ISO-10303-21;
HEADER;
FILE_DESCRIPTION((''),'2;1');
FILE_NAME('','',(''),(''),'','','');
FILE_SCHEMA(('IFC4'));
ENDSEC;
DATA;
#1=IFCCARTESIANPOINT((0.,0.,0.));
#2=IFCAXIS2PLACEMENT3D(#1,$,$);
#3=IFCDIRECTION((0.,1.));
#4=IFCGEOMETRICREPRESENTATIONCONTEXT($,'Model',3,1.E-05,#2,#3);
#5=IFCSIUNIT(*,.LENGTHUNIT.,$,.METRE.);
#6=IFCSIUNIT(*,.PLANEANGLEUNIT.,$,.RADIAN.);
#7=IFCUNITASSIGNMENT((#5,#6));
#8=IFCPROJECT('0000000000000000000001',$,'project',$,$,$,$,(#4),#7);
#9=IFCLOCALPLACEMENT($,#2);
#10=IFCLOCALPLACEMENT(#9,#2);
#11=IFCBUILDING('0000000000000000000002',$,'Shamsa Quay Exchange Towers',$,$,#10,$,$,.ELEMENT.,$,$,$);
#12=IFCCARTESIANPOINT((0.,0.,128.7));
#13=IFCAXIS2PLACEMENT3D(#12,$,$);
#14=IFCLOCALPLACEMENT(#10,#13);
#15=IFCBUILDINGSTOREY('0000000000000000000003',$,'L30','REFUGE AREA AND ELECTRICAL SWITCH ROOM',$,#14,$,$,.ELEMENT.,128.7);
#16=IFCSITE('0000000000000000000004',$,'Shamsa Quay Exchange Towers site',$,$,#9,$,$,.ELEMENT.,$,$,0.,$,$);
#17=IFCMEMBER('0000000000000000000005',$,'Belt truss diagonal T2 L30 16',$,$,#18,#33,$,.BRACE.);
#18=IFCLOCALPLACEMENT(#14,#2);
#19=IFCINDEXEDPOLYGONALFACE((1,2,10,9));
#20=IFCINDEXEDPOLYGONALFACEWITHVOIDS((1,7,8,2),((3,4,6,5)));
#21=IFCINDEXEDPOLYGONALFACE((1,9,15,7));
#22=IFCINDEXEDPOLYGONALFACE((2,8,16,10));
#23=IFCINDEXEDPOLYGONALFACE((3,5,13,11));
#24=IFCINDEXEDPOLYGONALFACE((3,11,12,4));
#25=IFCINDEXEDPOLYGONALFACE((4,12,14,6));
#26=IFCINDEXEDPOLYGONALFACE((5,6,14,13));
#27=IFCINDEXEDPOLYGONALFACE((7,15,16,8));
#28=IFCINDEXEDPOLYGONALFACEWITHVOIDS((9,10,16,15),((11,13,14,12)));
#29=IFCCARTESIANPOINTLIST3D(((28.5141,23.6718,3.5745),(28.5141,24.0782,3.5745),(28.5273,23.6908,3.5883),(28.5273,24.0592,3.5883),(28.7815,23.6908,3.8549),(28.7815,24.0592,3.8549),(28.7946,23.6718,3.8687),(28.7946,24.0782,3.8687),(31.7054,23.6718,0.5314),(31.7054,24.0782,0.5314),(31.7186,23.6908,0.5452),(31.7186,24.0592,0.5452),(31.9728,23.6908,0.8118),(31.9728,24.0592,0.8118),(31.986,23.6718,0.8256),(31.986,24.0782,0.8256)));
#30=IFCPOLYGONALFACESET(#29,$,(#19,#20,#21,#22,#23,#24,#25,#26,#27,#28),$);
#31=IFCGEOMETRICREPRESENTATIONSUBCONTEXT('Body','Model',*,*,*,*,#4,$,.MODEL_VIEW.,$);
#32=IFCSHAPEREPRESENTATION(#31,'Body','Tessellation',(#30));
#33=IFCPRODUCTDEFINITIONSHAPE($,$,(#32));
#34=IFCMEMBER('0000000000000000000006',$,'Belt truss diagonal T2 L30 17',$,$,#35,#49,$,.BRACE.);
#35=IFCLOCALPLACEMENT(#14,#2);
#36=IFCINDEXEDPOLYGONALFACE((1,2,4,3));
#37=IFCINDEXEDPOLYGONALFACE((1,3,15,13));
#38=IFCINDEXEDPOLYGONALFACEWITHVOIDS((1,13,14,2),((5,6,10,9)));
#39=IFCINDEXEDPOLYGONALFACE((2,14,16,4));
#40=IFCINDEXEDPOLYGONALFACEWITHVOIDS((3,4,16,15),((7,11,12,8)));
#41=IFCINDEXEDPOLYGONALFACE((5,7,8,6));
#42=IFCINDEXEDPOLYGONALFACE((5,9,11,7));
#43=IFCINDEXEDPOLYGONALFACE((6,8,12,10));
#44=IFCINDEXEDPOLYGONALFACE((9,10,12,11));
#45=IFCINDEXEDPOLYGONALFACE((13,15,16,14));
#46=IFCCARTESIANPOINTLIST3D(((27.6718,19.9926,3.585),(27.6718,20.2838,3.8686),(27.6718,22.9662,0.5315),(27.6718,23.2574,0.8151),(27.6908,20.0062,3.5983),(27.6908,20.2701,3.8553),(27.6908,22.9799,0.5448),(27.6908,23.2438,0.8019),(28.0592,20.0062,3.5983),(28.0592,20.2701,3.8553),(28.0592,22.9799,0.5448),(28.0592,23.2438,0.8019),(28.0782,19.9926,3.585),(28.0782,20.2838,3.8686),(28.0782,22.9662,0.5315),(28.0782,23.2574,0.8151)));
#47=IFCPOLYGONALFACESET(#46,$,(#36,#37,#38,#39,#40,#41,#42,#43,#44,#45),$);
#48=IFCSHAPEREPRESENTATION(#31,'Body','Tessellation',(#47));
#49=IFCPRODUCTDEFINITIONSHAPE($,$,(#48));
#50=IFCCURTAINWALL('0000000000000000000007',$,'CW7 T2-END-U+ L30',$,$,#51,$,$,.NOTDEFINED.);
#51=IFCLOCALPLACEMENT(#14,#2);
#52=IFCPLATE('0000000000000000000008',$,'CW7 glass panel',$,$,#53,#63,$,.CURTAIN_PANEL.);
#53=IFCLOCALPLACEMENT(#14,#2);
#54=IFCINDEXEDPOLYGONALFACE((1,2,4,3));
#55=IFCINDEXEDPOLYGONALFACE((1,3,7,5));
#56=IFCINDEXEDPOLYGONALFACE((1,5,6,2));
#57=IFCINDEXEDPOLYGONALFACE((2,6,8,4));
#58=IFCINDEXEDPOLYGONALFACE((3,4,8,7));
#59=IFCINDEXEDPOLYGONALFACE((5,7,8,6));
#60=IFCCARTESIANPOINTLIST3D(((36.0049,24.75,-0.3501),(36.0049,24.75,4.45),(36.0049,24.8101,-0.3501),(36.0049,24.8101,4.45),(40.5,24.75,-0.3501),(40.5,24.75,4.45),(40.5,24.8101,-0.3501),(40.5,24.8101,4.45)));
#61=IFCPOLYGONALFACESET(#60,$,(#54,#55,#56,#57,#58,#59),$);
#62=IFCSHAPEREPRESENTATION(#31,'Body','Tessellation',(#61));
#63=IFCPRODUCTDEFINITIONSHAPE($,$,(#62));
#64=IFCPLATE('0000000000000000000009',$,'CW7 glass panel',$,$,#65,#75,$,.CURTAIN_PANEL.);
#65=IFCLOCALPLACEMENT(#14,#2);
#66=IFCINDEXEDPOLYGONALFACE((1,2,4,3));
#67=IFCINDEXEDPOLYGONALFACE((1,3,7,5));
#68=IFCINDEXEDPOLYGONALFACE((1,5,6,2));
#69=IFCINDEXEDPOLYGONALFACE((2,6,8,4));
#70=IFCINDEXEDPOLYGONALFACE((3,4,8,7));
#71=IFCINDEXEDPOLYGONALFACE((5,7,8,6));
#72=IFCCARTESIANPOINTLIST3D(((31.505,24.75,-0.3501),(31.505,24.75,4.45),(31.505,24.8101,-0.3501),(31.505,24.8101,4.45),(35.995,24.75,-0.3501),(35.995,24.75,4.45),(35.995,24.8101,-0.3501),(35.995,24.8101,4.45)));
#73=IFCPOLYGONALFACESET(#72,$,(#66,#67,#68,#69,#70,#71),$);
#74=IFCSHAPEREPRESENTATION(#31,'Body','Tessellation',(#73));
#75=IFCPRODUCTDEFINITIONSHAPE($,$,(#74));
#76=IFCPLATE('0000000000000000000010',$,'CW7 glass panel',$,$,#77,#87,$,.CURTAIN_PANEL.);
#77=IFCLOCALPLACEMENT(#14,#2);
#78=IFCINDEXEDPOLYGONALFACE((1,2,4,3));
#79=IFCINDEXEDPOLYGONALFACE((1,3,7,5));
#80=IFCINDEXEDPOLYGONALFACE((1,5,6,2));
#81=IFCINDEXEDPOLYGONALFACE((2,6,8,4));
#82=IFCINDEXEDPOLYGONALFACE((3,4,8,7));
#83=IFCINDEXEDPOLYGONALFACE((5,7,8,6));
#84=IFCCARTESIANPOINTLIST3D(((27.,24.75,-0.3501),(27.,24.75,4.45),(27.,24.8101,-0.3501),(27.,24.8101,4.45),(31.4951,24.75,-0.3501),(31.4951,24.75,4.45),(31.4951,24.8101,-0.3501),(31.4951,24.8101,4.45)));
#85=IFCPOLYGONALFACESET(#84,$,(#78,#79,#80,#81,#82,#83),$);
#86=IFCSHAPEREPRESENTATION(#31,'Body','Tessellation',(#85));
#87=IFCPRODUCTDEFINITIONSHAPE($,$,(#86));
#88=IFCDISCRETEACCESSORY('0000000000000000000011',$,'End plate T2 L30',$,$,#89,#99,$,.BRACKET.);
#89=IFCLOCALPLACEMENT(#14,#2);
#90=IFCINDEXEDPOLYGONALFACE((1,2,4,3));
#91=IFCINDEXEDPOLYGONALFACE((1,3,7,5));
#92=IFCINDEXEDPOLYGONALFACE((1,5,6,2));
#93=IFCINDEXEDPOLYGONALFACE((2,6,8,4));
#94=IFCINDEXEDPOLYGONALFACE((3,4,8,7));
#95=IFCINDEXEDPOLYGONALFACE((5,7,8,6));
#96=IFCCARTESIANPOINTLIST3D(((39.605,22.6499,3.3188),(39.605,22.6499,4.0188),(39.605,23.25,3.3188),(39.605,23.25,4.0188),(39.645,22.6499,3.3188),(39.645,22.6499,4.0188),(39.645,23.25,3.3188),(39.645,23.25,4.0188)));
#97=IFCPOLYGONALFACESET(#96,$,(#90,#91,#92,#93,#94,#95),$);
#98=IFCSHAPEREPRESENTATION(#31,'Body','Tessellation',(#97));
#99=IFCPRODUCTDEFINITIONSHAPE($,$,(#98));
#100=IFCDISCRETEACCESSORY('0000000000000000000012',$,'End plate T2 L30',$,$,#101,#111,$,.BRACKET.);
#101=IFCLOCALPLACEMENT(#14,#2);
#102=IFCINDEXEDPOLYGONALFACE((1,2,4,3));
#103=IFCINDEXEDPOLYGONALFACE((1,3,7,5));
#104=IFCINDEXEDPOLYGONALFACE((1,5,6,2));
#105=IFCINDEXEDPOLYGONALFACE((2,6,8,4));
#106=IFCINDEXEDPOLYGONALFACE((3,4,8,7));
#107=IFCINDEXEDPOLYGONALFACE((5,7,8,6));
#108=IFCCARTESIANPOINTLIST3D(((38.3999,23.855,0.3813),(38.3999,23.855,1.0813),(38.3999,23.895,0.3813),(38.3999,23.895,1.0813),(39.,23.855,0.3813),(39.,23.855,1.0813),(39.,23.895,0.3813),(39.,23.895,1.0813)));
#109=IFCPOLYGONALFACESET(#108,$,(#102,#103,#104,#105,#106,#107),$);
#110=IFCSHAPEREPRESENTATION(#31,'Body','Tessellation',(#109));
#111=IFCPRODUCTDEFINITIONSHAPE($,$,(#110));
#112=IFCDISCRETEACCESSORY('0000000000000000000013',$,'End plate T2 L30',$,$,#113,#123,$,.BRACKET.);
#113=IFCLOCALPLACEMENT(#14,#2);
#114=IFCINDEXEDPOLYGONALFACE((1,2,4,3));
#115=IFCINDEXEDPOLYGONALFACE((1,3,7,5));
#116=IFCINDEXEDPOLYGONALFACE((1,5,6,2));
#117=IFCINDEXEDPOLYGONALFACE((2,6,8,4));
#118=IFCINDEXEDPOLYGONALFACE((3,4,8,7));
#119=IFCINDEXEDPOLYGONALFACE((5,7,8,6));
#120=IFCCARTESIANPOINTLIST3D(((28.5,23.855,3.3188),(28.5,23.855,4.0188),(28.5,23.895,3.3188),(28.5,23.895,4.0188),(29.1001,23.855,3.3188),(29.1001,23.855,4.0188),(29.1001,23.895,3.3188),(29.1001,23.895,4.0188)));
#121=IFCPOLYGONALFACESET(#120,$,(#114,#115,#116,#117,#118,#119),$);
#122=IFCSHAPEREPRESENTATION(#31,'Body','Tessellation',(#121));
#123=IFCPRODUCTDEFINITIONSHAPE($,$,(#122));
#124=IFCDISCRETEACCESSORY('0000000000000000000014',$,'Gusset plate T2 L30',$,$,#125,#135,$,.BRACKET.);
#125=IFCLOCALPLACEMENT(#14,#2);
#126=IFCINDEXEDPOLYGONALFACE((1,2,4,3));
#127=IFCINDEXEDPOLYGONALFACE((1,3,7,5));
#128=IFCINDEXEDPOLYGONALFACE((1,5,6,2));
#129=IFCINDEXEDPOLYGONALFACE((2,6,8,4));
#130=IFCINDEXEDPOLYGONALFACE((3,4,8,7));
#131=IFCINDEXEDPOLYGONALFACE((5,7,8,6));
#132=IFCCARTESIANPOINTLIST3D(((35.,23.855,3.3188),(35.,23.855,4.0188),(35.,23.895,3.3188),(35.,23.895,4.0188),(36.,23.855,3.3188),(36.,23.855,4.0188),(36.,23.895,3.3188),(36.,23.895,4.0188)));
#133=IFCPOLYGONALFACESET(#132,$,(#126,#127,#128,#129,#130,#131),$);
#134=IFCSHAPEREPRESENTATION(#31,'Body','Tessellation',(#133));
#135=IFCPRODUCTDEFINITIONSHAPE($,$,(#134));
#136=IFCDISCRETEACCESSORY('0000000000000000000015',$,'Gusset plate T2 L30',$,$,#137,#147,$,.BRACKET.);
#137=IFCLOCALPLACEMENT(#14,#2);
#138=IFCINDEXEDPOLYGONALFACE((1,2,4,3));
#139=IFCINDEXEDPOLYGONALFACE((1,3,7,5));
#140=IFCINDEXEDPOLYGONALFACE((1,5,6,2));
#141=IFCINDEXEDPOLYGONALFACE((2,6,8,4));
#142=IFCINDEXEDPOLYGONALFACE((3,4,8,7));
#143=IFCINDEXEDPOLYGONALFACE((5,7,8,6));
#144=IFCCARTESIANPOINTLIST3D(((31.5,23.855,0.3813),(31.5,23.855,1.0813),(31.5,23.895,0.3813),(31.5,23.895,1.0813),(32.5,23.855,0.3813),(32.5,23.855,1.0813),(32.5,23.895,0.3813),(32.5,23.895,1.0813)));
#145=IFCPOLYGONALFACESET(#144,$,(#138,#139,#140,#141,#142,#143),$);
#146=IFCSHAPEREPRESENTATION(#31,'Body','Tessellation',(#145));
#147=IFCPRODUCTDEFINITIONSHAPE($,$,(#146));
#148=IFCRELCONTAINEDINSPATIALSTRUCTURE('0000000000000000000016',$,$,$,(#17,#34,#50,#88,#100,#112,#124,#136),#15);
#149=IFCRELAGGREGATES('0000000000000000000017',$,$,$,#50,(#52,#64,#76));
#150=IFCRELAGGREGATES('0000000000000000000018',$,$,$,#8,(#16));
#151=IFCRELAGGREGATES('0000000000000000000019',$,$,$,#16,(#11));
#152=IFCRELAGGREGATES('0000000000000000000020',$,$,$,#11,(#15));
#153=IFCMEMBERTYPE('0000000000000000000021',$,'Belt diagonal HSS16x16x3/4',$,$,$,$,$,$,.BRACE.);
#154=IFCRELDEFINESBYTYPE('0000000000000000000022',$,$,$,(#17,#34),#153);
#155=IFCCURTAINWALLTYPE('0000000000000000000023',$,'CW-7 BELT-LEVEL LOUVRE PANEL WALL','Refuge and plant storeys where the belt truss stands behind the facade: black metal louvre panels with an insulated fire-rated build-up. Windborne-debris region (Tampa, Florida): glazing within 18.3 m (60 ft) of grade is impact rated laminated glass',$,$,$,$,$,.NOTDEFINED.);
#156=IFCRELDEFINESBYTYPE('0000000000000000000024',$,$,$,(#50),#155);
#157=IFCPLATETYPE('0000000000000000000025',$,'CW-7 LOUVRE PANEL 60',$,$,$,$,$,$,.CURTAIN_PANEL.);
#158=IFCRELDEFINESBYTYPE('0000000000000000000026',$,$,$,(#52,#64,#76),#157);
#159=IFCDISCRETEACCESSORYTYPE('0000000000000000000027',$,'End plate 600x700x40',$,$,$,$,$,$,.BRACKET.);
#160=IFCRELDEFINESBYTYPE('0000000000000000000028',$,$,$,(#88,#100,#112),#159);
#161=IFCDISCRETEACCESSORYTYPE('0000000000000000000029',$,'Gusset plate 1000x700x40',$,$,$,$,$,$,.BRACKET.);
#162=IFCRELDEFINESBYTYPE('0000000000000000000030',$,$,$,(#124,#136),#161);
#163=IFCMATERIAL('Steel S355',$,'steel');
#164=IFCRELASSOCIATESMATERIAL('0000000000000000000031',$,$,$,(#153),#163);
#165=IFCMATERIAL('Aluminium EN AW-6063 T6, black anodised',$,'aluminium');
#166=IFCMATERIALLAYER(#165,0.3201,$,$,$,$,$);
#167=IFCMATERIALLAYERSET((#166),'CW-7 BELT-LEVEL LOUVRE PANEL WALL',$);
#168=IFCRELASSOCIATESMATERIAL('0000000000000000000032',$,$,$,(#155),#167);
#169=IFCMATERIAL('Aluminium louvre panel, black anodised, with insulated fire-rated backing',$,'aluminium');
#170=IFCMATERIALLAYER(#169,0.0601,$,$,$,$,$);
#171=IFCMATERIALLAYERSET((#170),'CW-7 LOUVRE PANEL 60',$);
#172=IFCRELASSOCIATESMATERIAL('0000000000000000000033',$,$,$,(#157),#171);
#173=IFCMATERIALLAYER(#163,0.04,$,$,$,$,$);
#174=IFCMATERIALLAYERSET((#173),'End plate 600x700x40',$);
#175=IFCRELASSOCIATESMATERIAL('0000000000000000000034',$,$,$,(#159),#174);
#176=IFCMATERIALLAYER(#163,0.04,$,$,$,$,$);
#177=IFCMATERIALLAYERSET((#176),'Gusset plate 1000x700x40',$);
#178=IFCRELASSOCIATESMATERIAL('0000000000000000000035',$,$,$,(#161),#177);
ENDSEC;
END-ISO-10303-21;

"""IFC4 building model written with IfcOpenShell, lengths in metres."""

from ifc_helpers import new_model, si_unit, direction, frame, origin, origin_2d, place, context, subcontext, project, spatial, rectangle, hollow_rectangle, extrude, material, layer, layer_set, material_profile, profile_set, type_object, element, aggregate, save


model = new_model("IFC4")

# Units and contexts
model_context = context("Model", 3, precision=1e-05, world=origin(), true_north=direction((0.0, 1.0)))
body_context = subcontext(model_context, "Body", "Model", "MODEL_VIEW")
ifc_project = project(units=[si_unit("LENGTHUNIT", "METRE"), si_unit("PLANEANGLEUNIT", "RADIAN")], contexts=[model_context])

# Site, building, storey
site_placement = place(None, origin())
site = spatial("IfcSite", under=ifc_project, at=site_placement, Name="Shamsa Quay Exchange Towers site", CompositionType="ELEMENT", RefElevation=0.0)
building_placement = place(site_placement, origin())
building = spatial("IfcBuilding", under=site, at=building_placement, Name="Shamsa Quay Exchange Towers", CompositionType="ELEMENT")
storey_placement = place(building_placement, frame((0.0, 0.0, 128.7)))
storey = spatial("IfcBuildingStorey", under=building, at=storey_placement, Name="L30", Description="REFUGE AREA AND ELECTRICAL SWITCH ROOM", CompositionType="ELEMENT", Elevation=128.7)

# Members
ifc_material_1 = material(Name="Steel S355", Category="steel")
ifc_material_profile_1 = material_profile(ifc_material_1, hollow_rectangle(XDim=0.4065, YDim=0.4065, WallThickness=0.019, at=origin_2d()), Name="HSS16x16x3/4")
ifc_profile_set_1 = profile_set([ifc_material_profile_1], Name="Steel S355")
member_type_1 = type_object("IfcMemberType", Name="Belt diagonal HSS16x16x3/4", PredefinedType="BRACE", material=ifc_profile_set_1)
for number, where, z_axis, x_axis, name in (
    (1, (31.8457, 23.875, 0.6785), (-0.72371, 0.0, 0.690104), (0.0, -1.0, 0.0), "Belt truss diagonal T2 L30 16"),
):
    element("IfcMember", number, at=place(storey_placement, frame(where, z_axis=z_axis, x_axis=x_axis)), inside=storey, type_object=member_type_1, Name=name, PredefinedType="BRACE", context=body_context, shape_type="SweptSolid", body=[
        extrude(hollow_rectangle(XDim=0.4065, YDim=0.4065, WallThickness=0.019, at=origin_2d()), origin(), (0.0, 0.0, 1.0), 4.4097),
    ])
member_1_placement = place(storey_placement, frame((27.875, 23.1118, 0.6733), z_axis=(0.0, -0.697679, 0.71641), x_axis=(1.0, 0.0, 0.0)))
element("IfcMember", 2, at=member_1_placement, inside=storey, type_object=member_type_1, Name="Belt truss diagonal T2 L30 17", PredefinedType="BRACE", context=body_context, shape_type="SweptSolid", body=[
    extrude(hollow_rectangle(XDim=0.4065, YDim=0.4065, WallThickness=0.019, at=origin_2d()), origin(), (0.0, 0.0, 1.0), 4.2622),
])

# Curtain wall, plates
ifc_material_2 = material(Name="Aluminium EN AW-6063 T6, black anodised", Category="aluminium")
ifc_layer_1 = layer(ifc_material_2, 0.3201)
ifc_layer_set_1 = layer_set([ifc_layer_1], Name="CW-7 BELT-LEVEL LOUVRE PANEL WALL")
curtain_wall_type = type_object("IfcCurtainWallType", Name="CW-7 BELT-LEVEL LOUVRE PANEL WALL", Description="Refuge and plant storeys where the belt truss stands behind the facade: black metal louvre panels with an insulated fire-rated build-up. Windborne-debris region (Tampa, Florida): glazing within 18.3 m (60 ft) of grade is impact rated laminated glass", PredefinedType="NOTDEFINED", material=ifc_layer_set_1)
curtain_wall_placement = place(storey_placement, origin())
curtain_wall = element("IfcCurtainWall", 3, at=curtain_wall_placement, inside=storey, type_object=curtain_wall_type, Name="CW7 T2-END-U+ L30", PredefinedType="NOTDEFINED")
ifc_material_3 = material(Name="Aluminium louvre panel, black anodised, with insulated fire-rated backing", Category="aluminium")
ifc_layer_2 = layer(ifc_material_3, 0.0601)
ifc_layer_set_2 = layer_set([ifc_layer_2], Name="CW-7 LOUVRE PANEL 60")
plate_type = type_object("IfcPlateType", Name="CW-7 LOUVRE PANEL 60", PredefinedType="CURTAIN_PANEL", material=ifc_layer_set_2)
plate_1_placement = place(storey_placement, frame((38.2524, 24.78, -0.3501), z_axis=(0.0, 0.0, 1.0), x_axis=(-1.0, 0.0, 0.0)))
plate_1 = element("IfcPlate", 4, at=plate_1_placement, type_object=plate_type, Name="CW7 glass panel", PredefinedType="CURTAIN_PANEL", context=body_context, shape_type="SweptSolid", body=[
    extrude(rectangle(XDim=4.4951, YDim=0.0601, at=origin_2d()), origin(), (0.0, 0.0, 1.0), 4.8),
])
plate_2_placement = place(storey_placement, frame((33.75, 24.78, -0.3501), z_axis=(0.0, 0.0, 1.0), x_axis=(-1.0, 0.0, 0.0)))
plate_2 = element("IfcPlate", 5, at=plate_2_placement, type_object=plate_type, Name="CW7 glass panel", PredefinedType="CURTAIN_PANEL", context=body_context, shape_type="SweptSolid", body=[
    extrude(rectangle(XDim=4.49, YDim=0.0601, at=origin_2d()), origin(), (0.0, 0.0, 1.0), 4.8),
])
plate_3_placement = place(storey_placement, frame((29.2476, 24.78, -0.3501), z_axis=(0.0, 0.0, 1.0), x_axis=(-1.0, 0.0, 0.0)))
plate_3 = element("IfcPlate", 6, at=plate_3_placement, type_object=plate_type, Name="CW7 glass panel", PredefinedType="CURTAIN_PANEL", context=body_context, shape_type="SweptSolid", body=[
    extrude(rectangle(XDim=4.4951, YDim=0.0601, at=origin_2d()), origin(), (0.0, 0.0, 1.0), 4.8),
])
aggregate(curtain_wall, [plate_1, plate_2, plate_3])

# Discrete accessories
ifc_layer_3 = layer(ifc_material_1, 0.04)
ifc_layer_set_3 = layer_set([ifc_layer_3], Name="End plate 600x700x40")
discrete_accessory_type_1 = type_object("IfcDiscreteAccessoryType", Name="End plate 600x700x40", PredefinedType="BRACKET", material=ifc_layer_set_3)
for number, where, z_axis, x_axis, name in (
    (7, (39.625, 22.95, 3.3188), (0.0, 0.0, 1.0), (0.0, 1.0, 0.0), "End plate T2 L30"),
    (8, (38.7, 23.875, 0.3813), (0.0, 0.0, 1.0), (-1.0, 0.0, 0.0), "End plate T2 L30"),
    (9, (28.8, 23.875, 3.3188), (0.0, 0.0, 1.0), (-1.0, 0.0, 0.0), "End plate T2 L30"),
):
    element("IfcDiscreteAccessory", number, at=place(storey_placement, frame(where, z_axis=z_axis, x_axis=x_axis)), inside=storey, type_object=discrete_accessory_type_1, Name=name, PredefinedType="BRACKET", context=body_context, shape_type="SweptSolid", body=[
        extrude(rectangle(XDim=0.6001, YDim=0.04, at=origin_2d()), origin(), (0.0, 0.0, 1.0), 0.7),
    ])
ifc_layer_4 = layer(ifc_material_1, 0.04)
ifc_layer_set_4 = layer_set([ifc_layer_4], Name="Gusset plate 1000x700x40")
discrete_accessory_type_2 = type_object("IfcDiscreteAccessoryType", Name="Gusset plate 1000x700x40", PredefinedType="BRACKET", material=ifc_layer_set_4)
for number, where, z_axis, x_axis, name in (
    (10, (35.5, 23.875, 3.3188), (0.0, 0.0, 1.0), (-1.0, 0.0, 0.0), "Gusset plate T2 L30"),
    (11, (32.0, 23.875, 0.3813), (0.0, 0.0, 1.0), (-1.0, 0.0, 0.0), "Gusset plate T2 L30"),
):
    element("IfcDiscreteAccessory", number, at=place(storey_placement, frame(where, z_axis=z_axis, x_axis=x_axis)), inside=storey, type_object=discrete_accessory_type_2, Name=name, PredefinedType="BRACKET", context=body_context, shape_type="SweptSolid", body=[
        extrude(rectangle(XDim=1.0, YDim=0.04, at=origin_2d()), origin(), (0.0, 0.0, 1.0), 0.7),
    ])

save(model, "model.ifc")
